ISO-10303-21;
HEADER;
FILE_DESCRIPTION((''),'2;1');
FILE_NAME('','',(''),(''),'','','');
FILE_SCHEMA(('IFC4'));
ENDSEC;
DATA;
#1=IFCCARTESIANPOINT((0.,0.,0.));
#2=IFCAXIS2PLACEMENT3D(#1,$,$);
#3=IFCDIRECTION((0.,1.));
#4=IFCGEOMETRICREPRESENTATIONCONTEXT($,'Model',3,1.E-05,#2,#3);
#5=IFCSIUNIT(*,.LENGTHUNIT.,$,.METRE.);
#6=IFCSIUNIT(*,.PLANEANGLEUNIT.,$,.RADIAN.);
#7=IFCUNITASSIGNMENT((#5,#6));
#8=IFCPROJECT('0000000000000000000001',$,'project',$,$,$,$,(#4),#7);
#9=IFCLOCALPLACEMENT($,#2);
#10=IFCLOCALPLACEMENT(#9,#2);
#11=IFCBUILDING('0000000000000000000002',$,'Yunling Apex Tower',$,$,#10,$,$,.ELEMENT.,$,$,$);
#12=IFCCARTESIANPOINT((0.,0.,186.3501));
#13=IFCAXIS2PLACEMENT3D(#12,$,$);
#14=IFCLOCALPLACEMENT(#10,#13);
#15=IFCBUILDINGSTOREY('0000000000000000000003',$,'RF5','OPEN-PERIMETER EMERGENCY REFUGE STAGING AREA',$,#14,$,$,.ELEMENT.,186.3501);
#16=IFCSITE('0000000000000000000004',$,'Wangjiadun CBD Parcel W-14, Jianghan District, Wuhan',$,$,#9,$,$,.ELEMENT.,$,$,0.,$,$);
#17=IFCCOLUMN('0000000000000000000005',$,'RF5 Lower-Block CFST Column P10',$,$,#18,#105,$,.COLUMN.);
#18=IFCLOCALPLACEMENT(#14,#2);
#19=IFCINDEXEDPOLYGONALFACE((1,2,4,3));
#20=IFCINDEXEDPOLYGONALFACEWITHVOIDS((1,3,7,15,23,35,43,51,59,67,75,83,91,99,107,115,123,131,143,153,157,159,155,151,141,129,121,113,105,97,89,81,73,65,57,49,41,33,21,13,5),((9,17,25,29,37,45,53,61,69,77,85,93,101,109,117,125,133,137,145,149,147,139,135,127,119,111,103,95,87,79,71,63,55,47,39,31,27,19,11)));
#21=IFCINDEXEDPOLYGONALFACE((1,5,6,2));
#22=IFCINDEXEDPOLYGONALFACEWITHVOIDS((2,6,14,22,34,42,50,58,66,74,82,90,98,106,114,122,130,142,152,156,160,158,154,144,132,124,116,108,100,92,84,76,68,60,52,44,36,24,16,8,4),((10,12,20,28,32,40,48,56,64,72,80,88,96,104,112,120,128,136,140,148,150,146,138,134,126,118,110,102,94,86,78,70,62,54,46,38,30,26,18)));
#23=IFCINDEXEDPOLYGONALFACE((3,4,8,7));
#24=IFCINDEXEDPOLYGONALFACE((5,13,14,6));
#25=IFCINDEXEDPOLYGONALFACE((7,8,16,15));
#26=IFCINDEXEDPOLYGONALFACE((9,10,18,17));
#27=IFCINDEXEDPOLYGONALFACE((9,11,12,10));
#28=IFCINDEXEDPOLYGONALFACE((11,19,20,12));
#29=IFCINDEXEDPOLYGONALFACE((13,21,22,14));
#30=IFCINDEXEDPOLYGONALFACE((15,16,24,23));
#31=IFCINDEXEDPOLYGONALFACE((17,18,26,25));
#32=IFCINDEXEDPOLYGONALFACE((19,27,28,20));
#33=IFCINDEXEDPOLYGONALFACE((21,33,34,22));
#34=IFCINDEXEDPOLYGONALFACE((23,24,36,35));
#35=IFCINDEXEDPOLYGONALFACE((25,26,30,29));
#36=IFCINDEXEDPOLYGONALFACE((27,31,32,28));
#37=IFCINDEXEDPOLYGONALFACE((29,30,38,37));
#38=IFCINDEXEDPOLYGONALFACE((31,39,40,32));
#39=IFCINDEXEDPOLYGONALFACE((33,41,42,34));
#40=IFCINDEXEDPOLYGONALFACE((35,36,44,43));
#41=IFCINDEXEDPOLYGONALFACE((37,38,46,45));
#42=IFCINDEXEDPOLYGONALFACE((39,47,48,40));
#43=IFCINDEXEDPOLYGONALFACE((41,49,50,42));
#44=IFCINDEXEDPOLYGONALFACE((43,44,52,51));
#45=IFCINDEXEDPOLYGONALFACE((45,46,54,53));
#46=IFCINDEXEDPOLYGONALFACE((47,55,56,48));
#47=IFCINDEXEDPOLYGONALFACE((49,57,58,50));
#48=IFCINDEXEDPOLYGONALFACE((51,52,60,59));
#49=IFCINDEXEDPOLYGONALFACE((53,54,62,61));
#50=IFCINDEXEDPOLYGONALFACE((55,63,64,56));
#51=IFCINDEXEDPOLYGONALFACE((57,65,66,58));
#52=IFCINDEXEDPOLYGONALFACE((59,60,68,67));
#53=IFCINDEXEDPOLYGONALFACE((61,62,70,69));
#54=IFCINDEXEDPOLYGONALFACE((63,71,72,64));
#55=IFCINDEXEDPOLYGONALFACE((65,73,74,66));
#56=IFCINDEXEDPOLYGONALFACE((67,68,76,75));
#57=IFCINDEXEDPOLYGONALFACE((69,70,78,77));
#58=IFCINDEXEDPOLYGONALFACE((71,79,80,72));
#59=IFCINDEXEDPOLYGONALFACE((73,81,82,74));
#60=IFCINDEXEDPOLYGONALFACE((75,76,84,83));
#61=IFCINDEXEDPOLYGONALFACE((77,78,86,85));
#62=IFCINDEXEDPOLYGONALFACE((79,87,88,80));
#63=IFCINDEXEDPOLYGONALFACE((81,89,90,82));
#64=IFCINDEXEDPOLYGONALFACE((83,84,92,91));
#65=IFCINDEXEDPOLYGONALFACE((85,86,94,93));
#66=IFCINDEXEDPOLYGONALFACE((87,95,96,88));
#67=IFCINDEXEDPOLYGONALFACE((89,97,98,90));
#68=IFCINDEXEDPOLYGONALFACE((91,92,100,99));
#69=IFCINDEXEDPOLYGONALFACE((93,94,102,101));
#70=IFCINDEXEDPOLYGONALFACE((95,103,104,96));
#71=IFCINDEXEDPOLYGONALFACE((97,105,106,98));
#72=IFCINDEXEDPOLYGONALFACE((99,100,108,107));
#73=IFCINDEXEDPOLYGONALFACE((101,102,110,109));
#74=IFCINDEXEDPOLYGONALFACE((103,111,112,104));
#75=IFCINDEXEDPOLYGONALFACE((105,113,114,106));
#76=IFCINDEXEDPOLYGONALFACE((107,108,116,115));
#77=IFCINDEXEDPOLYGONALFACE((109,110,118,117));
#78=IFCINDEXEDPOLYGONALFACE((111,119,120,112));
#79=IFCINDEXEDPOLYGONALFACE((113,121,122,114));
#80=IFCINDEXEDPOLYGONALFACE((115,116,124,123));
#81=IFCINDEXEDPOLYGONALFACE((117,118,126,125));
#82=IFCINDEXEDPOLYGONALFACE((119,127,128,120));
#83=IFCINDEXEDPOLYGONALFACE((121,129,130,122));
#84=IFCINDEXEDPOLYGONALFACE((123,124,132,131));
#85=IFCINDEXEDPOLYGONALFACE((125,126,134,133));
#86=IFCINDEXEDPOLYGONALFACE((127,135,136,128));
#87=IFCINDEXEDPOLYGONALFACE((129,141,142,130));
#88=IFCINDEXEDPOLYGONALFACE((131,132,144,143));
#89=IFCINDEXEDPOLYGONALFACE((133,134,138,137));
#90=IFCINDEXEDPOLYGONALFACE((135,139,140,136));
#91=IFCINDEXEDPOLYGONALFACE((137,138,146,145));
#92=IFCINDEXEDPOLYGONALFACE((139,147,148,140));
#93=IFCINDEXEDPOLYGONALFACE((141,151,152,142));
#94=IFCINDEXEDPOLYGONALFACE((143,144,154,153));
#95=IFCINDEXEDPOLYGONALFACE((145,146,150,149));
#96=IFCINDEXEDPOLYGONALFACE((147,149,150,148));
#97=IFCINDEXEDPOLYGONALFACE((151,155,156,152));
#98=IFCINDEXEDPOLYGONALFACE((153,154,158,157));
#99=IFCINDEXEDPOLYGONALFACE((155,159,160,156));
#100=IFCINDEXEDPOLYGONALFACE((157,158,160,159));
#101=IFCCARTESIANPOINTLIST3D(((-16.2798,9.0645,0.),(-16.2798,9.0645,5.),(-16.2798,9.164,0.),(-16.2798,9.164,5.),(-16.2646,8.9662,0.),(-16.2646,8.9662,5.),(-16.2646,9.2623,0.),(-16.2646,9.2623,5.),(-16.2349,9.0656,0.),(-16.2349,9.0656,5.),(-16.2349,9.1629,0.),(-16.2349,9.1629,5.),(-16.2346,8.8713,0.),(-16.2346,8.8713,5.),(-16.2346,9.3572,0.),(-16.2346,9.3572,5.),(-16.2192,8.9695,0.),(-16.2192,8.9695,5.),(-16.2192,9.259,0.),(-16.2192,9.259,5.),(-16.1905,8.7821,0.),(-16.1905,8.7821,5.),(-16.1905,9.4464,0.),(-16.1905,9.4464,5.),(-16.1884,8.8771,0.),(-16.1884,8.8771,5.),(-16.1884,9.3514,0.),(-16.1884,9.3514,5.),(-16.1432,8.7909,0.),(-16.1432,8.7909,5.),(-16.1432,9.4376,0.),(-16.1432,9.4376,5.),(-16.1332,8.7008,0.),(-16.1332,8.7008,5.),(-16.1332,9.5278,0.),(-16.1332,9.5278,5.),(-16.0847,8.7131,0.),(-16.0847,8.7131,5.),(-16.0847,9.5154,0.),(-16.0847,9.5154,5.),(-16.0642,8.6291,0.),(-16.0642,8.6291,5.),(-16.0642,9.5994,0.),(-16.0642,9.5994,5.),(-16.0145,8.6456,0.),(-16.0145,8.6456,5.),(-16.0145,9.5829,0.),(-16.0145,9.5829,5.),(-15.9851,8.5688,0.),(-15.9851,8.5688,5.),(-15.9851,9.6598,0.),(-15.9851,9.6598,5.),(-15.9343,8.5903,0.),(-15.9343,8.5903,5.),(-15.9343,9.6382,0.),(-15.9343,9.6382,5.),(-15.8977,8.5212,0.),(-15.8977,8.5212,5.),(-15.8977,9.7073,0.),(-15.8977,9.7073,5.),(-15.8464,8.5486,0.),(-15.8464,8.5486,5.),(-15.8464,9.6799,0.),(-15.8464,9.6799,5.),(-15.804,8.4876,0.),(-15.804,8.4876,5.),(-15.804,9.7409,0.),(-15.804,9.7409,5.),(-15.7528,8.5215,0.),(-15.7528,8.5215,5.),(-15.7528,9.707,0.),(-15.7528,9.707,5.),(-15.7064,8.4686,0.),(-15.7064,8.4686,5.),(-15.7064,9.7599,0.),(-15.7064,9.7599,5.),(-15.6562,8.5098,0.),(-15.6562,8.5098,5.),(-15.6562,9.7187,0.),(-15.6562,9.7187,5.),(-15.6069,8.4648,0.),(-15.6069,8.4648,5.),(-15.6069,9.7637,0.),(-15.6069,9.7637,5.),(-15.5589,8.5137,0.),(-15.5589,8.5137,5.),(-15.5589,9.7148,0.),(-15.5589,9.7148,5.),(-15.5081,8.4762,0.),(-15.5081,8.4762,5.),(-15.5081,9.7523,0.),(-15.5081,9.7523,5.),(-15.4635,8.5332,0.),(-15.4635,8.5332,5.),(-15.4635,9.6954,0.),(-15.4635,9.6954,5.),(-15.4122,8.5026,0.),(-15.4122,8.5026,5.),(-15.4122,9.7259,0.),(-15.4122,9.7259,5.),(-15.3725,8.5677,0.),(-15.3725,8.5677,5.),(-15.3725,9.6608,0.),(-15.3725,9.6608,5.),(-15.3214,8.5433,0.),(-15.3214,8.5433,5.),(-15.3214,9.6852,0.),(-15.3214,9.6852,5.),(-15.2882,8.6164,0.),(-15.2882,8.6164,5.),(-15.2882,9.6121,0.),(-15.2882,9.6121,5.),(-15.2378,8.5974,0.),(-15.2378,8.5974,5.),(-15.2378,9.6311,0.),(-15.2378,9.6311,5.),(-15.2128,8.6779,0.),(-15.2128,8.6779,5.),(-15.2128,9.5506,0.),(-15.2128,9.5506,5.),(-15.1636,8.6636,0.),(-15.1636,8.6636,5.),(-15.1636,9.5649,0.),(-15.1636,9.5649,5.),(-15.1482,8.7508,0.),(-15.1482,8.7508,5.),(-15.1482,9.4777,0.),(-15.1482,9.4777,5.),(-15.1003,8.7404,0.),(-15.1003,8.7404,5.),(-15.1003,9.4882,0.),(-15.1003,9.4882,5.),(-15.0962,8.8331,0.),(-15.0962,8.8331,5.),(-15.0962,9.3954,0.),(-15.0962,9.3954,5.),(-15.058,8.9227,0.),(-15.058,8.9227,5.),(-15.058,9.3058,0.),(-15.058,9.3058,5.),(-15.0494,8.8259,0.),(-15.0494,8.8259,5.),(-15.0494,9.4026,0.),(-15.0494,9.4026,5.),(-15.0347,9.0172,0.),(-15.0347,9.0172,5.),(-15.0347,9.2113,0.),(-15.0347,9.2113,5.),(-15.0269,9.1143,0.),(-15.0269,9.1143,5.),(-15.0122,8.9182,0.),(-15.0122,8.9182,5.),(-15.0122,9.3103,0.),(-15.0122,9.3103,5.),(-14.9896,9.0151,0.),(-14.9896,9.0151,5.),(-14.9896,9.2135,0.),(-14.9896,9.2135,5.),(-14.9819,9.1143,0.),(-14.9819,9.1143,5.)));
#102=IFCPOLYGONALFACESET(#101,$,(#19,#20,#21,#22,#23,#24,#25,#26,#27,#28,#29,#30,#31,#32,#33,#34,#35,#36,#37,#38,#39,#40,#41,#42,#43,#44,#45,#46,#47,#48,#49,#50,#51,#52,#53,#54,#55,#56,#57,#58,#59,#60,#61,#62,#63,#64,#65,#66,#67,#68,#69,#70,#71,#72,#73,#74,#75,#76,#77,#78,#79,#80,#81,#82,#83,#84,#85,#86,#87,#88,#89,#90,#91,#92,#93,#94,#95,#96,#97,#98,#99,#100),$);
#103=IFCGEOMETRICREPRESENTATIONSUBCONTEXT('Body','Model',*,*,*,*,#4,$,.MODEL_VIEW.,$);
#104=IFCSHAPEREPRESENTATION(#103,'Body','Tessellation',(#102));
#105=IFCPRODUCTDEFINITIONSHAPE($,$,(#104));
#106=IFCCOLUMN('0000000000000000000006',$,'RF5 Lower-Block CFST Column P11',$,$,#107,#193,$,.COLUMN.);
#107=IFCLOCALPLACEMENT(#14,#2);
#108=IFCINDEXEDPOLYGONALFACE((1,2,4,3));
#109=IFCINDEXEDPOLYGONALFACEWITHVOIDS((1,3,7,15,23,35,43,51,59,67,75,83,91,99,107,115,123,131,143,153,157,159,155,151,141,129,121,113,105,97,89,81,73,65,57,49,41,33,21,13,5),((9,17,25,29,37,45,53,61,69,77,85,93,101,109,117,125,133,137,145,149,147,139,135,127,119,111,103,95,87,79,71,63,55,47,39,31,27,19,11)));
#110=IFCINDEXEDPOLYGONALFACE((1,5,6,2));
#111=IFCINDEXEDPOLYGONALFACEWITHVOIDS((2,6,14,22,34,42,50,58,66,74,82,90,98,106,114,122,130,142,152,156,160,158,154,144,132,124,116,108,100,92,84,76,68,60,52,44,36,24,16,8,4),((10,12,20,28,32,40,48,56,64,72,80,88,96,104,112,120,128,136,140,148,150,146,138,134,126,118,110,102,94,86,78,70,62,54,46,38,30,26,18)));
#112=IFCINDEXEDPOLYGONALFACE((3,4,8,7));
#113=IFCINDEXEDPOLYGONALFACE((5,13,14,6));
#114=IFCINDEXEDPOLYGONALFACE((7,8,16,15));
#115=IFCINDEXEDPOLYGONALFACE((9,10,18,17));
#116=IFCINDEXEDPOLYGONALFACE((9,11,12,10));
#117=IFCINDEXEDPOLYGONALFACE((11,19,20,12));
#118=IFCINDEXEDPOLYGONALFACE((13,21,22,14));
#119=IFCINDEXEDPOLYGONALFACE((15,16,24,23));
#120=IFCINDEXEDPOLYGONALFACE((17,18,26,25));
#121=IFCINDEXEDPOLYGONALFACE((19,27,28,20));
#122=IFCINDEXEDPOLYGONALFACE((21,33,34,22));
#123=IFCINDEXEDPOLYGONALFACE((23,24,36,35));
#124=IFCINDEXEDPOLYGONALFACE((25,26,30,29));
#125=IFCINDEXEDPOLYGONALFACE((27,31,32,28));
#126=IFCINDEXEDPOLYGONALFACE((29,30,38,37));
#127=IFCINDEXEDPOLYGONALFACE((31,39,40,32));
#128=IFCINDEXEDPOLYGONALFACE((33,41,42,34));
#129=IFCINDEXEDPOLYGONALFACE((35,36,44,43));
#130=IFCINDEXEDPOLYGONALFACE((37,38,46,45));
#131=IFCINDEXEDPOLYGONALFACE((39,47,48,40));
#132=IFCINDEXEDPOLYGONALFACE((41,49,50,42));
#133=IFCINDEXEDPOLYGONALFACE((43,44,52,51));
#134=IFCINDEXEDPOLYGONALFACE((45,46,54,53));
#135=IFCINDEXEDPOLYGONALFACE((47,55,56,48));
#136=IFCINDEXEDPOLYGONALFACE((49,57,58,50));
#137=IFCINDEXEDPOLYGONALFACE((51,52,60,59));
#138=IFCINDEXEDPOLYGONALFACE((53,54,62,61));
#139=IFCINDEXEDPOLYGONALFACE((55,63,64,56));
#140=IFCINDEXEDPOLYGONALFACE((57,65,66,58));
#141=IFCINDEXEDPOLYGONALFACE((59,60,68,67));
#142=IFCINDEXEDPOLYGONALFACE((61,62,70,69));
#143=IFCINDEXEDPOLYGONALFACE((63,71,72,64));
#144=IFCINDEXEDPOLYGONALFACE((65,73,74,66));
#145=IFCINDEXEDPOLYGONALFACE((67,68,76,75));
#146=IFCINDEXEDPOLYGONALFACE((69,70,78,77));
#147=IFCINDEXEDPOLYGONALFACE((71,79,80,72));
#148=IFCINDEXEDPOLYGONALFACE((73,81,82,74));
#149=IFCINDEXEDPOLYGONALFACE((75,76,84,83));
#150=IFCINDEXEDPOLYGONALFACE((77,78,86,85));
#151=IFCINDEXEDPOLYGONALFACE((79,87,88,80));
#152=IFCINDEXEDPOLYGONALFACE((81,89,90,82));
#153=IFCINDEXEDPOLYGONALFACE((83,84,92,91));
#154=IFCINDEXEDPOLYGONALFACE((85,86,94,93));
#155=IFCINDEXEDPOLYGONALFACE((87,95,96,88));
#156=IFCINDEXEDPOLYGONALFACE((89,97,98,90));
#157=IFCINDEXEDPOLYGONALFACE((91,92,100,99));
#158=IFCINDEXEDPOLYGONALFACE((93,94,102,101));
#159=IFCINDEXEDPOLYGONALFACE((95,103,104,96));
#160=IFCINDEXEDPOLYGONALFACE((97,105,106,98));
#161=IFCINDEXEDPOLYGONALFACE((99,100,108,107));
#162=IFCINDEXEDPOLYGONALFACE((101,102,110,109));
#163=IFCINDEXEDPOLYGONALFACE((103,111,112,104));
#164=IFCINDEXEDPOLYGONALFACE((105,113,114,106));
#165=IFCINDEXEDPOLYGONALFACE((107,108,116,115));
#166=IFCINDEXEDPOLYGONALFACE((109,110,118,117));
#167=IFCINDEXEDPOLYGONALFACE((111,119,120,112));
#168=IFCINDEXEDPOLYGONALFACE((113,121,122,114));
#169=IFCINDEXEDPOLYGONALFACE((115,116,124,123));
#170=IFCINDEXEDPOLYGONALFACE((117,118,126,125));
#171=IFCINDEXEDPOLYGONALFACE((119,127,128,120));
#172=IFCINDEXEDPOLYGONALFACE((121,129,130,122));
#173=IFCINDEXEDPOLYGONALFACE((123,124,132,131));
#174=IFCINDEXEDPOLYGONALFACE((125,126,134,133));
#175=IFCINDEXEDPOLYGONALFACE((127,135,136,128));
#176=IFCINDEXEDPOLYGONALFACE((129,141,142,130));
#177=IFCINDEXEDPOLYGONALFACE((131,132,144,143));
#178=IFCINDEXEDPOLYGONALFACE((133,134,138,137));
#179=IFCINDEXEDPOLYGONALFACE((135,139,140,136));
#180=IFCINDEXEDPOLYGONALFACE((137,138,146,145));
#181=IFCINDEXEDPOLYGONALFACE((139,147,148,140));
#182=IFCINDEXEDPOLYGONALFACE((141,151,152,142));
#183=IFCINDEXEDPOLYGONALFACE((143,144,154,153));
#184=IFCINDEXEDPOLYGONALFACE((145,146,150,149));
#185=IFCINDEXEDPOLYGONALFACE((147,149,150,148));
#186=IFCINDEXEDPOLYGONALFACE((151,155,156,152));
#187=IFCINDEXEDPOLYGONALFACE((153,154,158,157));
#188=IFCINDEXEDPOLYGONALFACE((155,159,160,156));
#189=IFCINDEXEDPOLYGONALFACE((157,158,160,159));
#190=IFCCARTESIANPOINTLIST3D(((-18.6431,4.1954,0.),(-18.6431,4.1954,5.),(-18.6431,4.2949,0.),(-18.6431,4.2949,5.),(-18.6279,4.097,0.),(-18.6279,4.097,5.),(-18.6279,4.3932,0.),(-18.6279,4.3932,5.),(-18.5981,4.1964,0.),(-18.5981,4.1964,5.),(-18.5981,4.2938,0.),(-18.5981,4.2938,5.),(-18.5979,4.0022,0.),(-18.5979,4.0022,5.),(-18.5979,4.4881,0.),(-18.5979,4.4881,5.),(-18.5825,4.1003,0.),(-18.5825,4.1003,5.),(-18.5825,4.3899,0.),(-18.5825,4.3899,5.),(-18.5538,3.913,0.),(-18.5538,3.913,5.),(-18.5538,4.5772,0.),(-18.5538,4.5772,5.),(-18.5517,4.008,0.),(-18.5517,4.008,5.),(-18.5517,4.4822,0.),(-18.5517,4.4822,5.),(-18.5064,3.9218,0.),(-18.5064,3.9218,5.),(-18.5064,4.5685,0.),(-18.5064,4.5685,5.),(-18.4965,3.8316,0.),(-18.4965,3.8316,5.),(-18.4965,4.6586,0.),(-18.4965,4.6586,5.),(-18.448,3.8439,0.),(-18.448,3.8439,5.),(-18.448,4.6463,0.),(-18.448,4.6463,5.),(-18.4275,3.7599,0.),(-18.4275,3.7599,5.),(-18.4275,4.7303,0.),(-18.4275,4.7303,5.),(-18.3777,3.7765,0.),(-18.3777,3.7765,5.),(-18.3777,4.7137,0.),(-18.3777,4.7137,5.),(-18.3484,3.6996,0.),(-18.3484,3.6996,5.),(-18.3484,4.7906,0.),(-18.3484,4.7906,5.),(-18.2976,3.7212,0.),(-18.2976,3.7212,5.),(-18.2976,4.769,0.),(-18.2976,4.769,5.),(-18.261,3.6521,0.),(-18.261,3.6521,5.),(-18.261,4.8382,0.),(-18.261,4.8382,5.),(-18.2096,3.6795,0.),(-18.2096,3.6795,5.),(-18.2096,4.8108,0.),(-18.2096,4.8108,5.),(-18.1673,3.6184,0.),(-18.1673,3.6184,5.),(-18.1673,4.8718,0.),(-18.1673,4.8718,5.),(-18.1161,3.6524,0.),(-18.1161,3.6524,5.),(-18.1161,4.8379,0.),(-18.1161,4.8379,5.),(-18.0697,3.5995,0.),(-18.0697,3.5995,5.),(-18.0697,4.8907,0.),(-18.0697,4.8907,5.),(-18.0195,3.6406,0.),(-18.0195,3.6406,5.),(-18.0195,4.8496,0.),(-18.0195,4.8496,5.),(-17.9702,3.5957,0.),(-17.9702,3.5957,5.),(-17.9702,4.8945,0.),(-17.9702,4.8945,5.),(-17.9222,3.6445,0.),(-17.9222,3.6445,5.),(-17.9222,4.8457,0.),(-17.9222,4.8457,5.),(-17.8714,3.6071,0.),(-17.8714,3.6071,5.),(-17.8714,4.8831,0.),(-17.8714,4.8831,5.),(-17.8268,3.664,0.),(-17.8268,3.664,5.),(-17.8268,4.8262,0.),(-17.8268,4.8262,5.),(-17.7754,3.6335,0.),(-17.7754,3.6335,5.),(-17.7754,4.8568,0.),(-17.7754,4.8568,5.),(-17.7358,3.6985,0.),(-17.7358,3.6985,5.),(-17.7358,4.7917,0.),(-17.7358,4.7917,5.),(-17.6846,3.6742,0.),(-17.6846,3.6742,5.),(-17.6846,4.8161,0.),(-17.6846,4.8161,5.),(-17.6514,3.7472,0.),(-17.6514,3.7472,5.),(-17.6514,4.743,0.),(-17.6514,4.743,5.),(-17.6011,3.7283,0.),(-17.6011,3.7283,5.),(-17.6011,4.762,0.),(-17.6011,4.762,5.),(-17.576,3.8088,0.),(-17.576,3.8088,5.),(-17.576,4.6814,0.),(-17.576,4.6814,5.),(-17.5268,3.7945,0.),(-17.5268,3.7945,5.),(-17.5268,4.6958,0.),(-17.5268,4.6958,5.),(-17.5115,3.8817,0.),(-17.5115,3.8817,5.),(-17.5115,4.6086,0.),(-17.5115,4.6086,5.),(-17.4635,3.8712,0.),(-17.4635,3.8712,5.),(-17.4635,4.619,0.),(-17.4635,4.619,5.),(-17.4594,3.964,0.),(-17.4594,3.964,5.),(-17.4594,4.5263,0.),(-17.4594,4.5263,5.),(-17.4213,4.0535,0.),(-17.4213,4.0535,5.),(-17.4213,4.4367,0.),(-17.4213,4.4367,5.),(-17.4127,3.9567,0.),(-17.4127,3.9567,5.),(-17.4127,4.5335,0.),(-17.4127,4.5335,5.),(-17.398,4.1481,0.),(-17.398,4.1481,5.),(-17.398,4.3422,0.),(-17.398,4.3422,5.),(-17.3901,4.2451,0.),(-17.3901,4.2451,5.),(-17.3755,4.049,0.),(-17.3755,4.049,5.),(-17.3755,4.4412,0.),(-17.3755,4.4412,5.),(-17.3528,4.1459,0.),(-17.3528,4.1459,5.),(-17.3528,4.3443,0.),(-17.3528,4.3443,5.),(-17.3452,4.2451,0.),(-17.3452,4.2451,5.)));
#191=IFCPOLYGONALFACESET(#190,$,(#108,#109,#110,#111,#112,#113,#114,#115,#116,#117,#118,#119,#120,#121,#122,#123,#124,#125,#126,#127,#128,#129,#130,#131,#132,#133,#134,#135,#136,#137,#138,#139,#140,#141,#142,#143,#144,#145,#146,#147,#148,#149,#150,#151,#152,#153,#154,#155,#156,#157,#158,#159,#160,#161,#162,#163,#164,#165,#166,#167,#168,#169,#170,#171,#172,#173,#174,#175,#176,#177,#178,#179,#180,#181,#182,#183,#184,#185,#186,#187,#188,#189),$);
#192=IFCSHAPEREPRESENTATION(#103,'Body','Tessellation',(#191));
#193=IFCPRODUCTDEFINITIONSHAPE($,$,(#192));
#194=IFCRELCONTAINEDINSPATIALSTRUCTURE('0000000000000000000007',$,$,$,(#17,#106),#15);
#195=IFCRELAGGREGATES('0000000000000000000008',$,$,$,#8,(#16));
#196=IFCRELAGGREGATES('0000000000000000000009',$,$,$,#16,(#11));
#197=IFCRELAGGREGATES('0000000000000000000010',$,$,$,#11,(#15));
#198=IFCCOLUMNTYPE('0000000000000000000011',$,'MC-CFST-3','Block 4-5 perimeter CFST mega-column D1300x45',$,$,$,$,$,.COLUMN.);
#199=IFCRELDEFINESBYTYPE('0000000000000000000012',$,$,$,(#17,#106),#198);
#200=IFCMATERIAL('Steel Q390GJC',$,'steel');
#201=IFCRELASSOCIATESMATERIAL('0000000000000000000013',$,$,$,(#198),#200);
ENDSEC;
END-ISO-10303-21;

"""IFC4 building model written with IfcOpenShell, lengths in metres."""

from ifc_helpers import new_model, si_unit, direction, frame, origin, origin_2d, place, context, subcontext, project, spatial, hollow_circle, extrude, source, transform, mapped, material, material_profile, profile_set, type_object, element, save


model = new_model("IFC4")

# Units and contexts
model_context = context("Model", 3, precision=1e-05, world=origin(), true_north=direction((0.0, 1.0)))
body_context = subcontext(model_context, "Body", "Model", "MODEL_VIEW")
ifc_project = project(units=[si_unit("LENGTHUNIT", "METRE"), si_unit("PLANEANGLEUNIT", "RADIAN")], contexts=[model_context])

# Site, building, storey
site_placement = place(None, origin())
site = spatial("IfcSite", under=ifc_project, at=site_placement, Name="Wangjiadun CBD Parcel W-14, Jianghan District, Wuhan", CompositionType="ELEMENT", RefElevation=0.0)
building_placement = place(site_placement, origin())
building = spatial("IfcBuilding", under=site, at=building_placement, Name="Yunling Apex Tower", CompositionType="ELEMENT")
storey_placement = place(building_placement, frame((0.0, 0.0, 186.3501)))
storey = spatial("IfcBuildingStorey", under=building, at=storey_placement, Name="RF5", Description="OPEN-PERIMETER EMERGENCY REFUGE STAGING AREA", CompositionType="ELEMENT", Elevation=186.3501)

# Columns
ifc_material_1 = material(Name="Steel Q390GJC", Category="steel")
ifc_material_profile_1 = material_profile(ifc_material_1, hollow_circle(Radius=0.6499, WallThickness=0.0449, at=origin_2d()))
ifc_profile_set_1 = profile_set([ifc_material_profile_1], Name="Steel Q390GJC")
column_type = type_object("IfcColumnType", Name="MC-CFST-3", Description="Block 4-5 perimeter CFST mega-column D1300x45", PredefinedType="COLUMN", material=ifc_profile_set_1)
shared_shape_1 = source(origin(), body_context, "Body", "SweptSolid", [
    extrude(hollow_circle(Radius=0.6499, WallThickness=0.0449, at=origin_2d()), origin(), (0.0, 0.0, 1.0), 5.0),
])
for number, where, z_axis, x_axis, name in (
    (1, (-15.6318, 9.1143, 0.0), (0.0, 0.0, 1.0), (1.0, 0.0, 0.0), "RF5 Lower-Block CFST Column P10"),
    (2, (-17.9951, 4.2451, 0.0), (0.0, 0.0, 1.0), (1.0, 0.0, 0.0), "RF5 Lower-Block CFST Column P11"),
):
    element("IfcColumn", number, at=place(storey_placement, frame(where, z_axis=z_axis, x_axis=x_axis)), inside=storey, type_object=column_type, Name=name, PredefinedType="COLUMN", context=body_context, shape_type="MappedRepresentation", body=[
        mapped(shared_shape_1, transform((0.0, 0.0, 0.0), scale=1.0)),
    ])

save(model, "model.ifc")
